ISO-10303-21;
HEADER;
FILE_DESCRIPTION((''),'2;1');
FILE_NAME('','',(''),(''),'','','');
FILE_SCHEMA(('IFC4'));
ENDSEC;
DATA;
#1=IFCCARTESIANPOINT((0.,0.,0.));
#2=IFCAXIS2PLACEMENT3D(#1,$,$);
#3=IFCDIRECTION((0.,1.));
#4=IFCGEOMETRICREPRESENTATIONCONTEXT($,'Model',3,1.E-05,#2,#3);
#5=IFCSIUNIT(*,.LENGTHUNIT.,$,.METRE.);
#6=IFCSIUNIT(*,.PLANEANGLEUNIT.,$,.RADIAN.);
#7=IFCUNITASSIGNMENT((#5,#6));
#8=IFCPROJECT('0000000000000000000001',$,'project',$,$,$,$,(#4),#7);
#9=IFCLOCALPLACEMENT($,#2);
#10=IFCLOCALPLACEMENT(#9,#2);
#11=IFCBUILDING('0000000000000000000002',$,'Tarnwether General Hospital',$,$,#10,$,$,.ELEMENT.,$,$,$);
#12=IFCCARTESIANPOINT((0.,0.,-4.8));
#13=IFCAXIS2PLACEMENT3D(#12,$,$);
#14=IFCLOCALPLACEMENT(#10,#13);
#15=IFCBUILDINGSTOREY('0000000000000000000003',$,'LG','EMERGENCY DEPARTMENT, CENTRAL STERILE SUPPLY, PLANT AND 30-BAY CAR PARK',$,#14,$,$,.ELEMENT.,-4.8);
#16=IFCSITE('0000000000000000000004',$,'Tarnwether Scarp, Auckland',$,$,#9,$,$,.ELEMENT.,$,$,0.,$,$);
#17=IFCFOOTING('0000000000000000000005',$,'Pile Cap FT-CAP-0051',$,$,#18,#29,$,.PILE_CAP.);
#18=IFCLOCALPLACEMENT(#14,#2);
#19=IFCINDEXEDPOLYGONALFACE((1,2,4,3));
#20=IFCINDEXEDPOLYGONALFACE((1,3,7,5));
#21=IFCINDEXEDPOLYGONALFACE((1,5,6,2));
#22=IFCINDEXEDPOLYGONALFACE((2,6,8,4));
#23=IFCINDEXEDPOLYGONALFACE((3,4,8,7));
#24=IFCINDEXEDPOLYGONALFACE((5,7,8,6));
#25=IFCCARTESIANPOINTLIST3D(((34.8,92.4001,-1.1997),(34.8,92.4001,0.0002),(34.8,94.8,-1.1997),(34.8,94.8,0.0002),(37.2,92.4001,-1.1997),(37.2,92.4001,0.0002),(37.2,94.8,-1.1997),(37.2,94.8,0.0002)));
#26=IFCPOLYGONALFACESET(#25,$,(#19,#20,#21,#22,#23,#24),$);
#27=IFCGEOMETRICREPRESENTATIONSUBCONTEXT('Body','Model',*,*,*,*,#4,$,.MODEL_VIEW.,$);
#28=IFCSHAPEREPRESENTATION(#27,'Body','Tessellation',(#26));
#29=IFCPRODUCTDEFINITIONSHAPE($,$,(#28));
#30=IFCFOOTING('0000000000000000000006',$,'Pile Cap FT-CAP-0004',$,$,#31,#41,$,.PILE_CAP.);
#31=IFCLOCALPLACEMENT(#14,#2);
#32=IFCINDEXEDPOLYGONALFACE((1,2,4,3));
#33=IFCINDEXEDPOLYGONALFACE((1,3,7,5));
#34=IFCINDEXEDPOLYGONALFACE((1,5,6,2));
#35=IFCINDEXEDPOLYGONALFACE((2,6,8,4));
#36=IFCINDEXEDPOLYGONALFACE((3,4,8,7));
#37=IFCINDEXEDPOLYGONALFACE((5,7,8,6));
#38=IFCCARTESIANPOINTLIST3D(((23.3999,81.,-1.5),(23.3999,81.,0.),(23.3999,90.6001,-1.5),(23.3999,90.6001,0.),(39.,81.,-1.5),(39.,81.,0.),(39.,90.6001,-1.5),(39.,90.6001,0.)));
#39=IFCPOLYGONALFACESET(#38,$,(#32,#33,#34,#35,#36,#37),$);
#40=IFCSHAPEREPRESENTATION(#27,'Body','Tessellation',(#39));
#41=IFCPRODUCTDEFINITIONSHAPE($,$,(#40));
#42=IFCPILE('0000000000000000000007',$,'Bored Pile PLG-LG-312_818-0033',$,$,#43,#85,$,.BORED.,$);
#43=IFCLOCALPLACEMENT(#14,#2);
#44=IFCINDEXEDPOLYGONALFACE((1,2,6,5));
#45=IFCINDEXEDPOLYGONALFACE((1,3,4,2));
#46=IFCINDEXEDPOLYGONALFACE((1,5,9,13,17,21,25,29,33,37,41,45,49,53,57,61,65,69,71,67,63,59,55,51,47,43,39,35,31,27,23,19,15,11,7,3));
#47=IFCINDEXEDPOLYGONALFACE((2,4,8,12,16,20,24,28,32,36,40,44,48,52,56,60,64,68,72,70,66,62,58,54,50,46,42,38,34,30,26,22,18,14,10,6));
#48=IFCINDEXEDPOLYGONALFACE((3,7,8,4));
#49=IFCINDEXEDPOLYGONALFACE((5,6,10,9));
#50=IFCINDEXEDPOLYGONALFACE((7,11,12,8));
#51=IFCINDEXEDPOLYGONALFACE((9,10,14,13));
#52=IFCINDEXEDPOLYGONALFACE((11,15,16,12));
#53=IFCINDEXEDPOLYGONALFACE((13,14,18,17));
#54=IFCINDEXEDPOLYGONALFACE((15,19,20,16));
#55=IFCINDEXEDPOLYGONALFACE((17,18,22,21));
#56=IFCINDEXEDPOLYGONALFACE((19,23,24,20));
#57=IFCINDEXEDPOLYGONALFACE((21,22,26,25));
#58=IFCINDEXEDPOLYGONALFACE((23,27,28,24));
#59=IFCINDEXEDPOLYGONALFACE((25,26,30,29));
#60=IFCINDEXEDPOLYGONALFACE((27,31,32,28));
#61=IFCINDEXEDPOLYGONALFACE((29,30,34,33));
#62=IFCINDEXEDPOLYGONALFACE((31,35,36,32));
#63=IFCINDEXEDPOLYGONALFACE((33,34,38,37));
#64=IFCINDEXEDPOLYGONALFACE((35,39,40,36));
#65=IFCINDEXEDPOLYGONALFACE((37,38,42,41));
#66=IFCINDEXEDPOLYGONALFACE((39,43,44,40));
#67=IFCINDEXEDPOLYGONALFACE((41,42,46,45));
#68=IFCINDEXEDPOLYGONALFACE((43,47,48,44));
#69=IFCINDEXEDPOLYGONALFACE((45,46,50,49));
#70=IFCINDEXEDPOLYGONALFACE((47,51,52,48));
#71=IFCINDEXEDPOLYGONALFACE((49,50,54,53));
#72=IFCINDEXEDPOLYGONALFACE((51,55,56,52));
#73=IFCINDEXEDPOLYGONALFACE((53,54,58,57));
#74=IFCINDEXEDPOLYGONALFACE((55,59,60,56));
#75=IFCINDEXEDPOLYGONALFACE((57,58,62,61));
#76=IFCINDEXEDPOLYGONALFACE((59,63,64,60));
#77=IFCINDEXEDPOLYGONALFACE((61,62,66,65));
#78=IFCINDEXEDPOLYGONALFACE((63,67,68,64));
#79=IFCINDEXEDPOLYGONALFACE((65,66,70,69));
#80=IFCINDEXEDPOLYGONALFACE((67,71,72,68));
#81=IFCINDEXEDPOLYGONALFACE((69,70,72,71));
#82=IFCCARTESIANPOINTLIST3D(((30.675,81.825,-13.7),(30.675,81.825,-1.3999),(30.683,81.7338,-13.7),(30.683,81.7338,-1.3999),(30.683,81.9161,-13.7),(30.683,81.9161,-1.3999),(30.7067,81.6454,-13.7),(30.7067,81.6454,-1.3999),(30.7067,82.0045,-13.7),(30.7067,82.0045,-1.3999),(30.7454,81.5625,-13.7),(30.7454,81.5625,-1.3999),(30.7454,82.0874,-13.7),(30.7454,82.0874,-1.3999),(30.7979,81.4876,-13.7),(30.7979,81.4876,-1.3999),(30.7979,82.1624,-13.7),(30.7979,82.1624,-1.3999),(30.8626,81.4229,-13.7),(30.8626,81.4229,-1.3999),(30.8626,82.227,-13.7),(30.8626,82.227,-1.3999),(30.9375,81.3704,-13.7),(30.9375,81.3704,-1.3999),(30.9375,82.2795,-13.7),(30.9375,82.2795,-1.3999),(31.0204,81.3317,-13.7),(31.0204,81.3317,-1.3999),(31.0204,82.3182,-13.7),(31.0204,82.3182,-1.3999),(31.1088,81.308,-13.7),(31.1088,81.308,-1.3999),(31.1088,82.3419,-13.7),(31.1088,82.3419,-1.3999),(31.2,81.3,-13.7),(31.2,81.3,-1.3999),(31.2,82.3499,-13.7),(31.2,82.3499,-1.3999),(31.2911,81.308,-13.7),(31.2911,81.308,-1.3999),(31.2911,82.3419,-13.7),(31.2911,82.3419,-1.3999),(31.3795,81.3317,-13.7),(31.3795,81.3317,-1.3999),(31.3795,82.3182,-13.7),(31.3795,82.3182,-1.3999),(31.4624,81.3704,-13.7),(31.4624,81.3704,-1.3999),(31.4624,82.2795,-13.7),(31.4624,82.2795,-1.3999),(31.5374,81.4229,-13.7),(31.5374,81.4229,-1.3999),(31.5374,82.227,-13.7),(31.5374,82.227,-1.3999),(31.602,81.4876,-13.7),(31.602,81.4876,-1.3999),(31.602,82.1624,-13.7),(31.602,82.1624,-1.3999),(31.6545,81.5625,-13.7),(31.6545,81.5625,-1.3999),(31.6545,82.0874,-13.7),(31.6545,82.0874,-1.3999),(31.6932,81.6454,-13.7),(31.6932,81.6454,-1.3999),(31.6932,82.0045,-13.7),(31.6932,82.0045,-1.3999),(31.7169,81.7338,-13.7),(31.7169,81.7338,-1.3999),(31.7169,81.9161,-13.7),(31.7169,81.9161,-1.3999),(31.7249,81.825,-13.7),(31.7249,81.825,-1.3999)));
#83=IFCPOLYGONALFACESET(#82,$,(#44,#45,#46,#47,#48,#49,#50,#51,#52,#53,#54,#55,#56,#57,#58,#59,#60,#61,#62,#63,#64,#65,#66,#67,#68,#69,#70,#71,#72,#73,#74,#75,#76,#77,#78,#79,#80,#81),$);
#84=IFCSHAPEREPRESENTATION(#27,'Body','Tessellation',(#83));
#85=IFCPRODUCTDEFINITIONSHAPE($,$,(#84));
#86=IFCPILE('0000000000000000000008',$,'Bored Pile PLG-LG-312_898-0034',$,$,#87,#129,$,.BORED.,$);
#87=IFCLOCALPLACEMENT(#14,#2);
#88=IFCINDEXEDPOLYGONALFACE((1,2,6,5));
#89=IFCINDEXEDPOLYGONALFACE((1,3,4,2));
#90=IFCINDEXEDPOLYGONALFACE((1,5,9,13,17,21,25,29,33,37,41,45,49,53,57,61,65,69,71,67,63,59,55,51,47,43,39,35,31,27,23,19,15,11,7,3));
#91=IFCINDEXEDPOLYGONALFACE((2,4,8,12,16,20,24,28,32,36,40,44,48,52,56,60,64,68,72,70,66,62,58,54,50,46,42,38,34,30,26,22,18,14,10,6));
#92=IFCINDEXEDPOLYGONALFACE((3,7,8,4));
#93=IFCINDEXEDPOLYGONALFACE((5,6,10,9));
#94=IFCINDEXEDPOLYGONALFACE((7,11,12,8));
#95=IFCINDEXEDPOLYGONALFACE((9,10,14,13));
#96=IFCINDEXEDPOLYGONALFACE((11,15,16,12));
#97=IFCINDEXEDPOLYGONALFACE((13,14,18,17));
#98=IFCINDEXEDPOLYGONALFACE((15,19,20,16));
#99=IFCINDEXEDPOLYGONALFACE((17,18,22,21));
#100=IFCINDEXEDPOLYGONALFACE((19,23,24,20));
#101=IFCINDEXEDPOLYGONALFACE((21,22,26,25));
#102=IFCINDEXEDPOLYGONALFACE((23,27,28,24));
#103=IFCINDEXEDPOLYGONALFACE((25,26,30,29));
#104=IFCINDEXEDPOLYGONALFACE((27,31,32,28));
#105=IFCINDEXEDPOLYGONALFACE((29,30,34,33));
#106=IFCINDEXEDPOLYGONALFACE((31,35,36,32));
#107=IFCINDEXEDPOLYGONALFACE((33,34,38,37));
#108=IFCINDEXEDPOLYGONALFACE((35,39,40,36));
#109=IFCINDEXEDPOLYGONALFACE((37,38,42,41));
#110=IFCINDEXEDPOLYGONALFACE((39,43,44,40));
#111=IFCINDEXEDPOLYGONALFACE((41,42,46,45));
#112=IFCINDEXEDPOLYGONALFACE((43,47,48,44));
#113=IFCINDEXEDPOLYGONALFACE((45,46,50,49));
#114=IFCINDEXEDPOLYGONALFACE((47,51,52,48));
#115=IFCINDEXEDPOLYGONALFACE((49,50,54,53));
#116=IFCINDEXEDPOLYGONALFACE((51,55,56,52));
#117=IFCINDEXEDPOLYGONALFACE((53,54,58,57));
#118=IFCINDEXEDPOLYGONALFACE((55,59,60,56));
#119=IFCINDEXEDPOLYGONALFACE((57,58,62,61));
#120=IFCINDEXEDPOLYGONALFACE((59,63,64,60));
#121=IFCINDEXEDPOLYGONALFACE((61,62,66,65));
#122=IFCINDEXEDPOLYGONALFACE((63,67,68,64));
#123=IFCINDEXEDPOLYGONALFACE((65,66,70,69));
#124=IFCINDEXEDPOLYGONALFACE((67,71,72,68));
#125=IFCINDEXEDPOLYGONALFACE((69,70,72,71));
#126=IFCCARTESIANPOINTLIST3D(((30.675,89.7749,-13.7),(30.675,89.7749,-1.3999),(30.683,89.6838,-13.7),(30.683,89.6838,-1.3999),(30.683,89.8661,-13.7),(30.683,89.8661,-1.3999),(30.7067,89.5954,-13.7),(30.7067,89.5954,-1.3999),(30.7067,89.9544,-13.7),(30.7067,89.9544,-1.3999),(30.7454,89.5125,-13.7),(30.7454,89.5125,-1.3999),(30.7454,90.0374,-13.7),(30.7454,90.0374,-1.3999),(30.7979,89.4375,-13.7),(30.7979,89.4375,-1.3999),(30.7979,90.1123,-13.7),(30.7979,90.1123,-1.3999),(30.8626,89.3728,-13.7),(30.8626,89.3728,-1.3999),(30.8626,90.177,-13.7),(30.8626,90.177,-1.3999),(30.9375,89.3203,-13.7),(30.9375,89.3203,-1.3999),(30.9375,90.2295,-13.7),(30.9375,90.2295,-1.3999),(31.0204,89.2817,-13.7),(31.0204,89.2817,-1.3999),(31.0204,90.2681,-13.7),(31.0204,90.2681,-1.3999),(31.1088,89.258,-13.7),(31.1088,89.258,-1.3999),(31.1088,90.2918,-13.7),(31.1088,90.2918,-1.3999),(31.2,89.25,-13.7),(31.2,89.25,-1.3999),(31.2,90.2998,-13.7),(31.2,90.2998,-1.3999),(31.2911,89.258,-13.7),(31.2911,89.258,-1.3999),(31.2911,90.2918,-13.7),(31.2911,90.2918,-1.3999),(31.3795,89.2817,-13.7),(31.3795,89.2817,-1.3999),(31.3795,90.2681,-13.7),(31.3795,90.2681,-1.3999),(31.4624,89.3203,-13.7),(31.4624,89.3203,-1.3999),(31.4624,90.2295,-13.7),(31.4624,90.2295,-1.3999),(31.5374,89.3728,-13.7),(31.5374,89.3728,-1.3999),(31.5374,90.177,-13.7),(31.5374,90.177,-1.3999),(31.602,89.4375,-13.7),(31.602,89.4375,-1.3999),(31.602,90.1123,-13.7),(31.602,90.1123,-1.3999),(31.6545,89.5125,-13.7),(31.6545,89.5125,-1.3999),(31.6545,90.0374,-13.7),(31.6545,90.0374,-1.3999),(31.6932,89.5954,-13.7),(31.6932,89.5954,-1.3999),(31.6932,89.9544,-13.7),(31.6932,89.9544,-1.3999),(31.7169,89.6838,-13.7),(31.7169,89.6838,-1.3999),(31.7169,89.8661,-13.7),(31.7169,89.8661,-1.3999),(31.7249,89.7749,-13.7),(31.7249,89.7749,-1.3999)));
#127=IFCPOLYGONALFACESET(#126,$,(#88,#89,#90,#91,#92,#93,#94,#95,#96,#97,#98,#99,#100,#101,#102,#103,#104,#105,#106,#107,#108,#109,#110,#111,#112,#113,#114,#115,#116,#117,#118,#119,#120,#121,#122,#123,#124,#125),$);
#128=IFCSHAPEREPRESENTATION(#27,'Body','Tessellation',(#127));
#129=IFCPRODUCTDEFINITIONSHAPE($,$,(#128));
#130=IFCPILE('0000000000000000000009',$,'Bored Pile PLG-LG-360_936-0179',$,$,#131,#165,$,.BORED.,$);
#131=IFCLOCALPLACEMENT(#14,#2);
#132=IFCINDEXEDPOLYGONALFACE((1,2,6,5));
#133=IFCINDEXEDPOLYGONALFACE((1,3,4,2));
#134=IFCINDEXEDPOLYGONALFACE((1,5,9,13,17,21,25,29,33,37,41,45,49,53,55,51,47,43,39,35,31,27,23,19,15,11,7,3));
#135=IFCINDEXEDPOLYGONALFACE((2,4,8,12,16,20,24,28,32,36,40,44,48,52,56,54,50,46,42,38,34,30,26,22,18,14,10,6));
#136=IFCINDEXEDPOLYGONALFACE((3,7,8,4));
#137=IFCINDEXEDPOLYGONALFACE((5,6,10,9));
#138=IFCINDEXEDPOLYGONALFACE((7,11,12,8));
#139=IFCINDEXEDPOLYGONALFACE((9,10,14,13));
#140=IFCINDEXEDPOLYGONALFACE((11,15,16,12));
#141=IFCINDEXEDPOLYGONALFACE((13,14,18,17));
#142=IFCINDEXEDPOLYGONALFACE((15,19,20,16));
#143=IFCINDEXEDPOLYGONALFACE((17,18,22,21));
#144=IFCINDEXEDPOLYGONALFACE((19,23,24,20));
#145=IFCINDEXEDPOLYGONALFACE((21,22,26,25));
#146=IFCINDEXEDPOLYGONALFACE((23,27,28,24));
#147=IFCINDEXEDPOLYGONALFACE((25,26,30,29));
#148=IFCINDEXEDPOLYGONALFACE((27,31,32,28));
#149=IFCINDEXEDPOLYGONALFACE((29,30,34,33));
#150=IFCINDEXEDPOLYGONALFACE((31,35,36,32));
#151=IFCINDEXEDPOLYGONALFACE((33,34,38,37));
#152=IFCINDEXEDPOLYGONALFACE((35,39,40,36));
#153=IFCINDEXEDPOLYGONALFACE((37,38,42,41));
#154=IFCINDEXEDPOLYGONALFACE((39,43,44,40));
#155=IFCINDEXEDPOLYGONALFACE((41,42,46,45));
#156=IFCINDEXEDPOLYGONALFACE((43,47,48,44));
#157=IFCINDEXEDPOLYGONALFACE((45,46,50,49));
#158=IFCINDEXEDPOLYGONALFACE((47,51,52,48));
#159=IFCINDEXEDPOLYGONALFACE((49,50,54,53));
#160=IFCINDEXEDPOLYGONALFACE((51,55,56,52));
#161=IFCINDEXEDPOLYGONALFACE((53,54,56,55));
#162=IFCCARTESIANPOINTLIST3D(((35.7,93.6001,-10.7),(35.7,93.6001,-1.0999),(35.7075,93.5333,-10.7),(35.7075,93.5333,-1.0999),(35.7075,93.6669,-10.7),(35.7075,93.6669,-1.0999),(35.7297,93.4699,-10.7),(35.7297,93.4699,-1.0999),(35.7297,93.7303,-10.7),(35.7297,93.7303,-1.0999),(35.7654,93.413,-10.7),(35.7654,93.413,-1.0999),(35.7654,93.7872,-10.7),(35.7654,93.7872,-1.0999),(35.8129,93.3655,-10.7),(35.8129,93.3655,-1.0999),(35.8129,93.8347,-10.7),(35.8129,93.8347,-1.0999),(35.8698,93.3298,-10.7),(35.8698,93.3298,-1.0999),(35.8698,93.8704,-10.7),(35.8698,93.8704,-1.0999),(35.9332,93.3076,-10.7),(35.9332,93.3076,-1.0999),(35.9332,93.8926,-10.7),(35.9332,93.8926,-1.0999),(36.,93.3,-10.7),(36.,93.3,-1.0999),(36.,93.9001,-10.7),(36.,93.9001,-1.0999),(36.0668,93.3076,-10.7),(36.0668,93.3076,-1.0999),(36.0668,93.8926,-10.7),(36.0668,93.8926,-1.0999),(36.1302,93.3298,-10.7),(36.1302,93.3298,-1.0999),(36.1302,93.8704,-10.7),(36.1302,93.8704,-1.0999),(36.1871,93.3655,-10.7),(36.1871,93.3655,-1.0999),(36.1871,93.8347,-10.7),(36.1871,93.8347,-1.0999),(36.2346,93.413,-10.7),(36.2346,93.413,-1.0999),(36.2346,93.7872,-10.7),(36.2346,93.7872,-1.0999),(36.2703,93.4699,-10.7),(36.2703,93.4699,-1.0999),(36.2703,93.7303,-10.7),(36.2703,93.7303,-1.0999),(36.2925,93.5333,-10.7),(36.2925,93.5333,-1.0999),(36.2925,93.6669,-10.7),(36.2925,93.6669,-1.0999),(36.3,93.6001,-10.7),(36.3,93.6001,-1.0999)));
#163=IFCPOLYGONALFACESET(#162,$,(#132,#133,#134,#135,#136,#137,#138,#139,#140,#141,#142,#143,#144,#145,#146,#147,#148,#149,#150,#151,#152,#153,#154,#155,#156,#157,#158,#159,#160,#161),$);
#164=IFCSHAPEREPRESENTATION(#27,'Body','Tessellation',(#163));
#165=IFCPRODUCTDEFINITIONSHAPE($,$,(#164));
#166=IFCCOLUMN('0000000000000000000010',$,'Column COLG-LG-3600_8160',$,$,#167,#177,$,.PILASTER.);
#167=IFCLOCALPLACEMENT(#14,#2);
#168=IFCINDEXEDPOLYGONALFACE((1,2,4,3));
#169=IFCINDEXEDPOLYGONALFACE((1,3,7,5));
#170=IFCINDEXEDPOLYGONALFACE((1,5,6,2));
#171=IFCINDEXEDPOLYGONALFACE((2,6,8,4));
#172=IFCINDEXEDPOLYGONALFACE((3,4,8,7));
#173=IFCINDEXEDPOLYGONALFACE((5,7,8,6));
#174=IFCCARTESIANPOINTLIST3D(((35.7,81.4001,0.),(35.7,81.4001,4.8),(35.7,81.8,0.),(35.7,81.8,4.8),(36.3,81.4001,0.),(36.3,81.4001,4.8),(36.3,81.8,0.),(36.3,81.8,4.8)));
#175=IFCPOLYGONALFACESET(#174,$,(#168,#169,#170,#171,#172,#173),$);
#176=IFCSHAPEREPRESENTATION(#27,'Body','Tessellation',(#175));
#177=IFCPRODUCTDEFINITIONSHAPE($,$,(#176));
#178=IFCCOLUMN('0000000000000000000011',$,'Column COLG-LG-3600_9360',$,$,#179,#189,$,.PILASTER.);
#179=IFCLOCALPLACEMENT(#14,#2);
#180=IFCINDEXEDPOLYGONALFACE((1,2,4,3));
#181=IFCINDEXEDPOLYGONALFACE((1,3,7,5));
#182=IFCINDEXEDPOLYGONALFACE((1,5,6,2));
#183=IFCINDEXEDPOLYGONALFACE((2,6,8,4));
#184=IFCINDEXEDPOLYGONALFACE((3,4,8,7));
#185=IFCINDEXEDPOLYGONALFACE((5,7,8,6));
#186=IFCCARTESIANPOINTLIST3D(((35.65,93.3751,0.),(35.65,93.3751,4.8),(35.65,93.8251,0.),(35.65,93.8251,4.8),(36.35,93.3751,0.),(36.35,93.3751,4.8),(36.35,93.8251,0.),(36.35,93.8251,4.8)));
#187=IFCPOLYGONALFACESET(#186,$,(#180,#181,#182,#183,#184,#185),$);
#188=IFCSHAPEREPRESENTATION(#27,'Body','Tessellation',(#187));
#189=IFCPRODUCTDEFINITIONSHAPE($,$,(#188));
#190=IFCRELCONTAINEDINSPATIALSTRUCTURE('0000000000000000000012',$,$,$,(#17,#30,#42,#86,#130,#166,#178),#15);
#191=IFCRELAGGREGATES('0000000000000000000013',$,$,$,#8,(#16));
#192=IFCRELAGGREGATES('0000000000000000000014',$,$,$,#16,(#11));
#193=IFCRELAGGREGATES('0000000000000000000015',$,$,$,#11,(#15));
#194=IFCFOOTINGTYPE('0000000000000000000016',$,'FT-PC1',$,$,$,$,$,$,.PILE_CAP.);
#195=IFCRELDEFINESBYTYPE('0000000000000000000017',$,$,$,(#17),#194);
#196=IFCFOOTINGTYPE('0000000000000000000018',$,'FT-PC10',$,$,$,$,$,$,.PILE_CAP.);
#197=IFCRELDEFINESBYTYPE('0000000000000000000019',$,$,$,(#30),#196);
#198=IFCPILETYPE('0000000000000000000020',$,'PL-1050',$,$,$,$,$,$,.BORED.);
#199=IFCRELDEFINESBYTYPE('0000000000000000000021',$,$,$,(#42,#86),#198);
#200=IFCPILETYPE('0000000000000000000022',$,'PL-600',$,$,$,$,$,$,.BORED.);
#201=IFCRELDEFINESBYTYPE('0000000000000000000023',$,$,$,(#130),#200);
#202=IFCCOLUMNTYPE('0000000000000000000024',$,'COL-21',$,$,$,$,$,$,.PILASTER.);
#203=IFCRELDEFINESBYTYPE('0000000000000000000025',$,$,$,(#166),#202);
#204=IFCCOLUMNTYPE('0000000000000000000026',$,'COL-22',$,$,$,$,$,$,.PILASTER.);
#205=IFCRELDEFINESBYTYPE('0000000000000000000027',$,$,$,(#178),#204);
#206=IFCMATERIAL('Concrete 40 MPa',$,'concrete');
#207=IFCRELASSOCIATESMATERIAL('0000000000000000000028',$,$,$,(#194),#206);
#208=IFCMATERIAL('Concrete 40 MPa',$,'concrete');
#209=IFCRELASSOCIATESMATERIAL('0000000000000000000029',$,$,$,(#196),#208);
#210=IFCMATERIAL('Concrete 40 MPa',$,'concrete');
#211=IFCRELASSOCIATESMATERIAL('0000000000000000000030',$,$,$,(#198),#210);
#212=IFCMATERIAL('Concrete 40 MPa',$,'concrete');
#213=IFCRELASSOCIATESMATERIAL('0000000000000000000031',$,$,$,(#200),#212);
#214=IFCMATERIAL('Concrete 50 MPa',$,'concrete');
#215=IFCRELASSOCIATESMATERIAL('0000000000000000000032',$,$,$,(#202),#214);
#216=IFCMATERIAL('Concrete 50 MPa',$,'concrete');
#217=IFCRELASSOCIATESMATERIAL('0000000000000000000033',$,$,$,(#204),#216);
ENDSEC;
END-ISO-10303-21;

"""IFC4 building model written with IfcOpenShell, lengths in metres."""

from ifc_helpers import new_model, si_unit, direction, frame, origin, origin_2d, place, context, subcontext, project, spatial, rectangle, circle, extrude, material, material_profile, profile_set, type_object, element, save


model = new_model("IFC4")

# Units and contexts
model_context = context("Model", 3, precision=1e-05, world=origin(), true_north=direction((0.0, 1.0)))
body_context = subcontext(model_context, "Body", "Model", "MODEL_VIEW")
ifc_project = project(units=[si_unit("LENGTHUNIT", "METRE"), si_unit("PLANEANGLEUNIT", "RADIAN")], contexts=[model_context])

# Site, building, storey
site_placement = place(None, origin())
site = spatial("IfcSite", under=ifc_project, at=site_placement, Name="Tarnwether Scarp, Auckland", CompositionType="ELEMENT", RefElevation=0.0)
building_placement = place(site_placement, origin())
building = spatial("IfcBuilding", under=site, at=building_placement, Name="Tarnwether General Hospital", CompositionType="ELEMENT")
storey_placement = place(building_placement, frame((0.0, 0.0, -4.8)))
storey = spatial("IfcBuildingStorey", under=building, at=storey_placement, Name="LG", Description="EMERGENCY DEPARTMENT, CENTRAL STERILE SUPPLY, PLANT AND 30-BAY CAR PARK", CompositionType="ELEMENT", Elevation=-4.8)

# Footings
ifc_material_1 = material(Name="Concrete 40 MPa", Category="concrete")
footing_type_1 = type_object("IfcFootingType", Name="FT-PC1", PredefinedType="PILE_CAP", material=ifc_material_1)
footing_1_placement = place(storey_placement, frame((36.0, 93.6001, -1.1997), z_axis=(0.0, 0.0, 1.0), x_axis=(1.0, 0.0, 0.0)))
element("IfcFooting", 1, at=footing_1_placement, inside=storey, type_object=footing_type_1, Name="Pile Cap FT-CAP-0051", PredefinedType="PILE_CAP", context=body_context, shape_type="SweptSolid", body=[
    extrude(rectangle(XDim=2.3999, YDim=2.3999, at=origin_2d()), origin(), (0.0, 0.0, 1.0), 1.2),
])
ifc_material_2 = material(Name="Concrete 40 MPa", Category="concrete")
footing_type_2 = type_object("IfcFootingType", Name="FT-PC10", PredefinedType="PILE_CAP", material=ifc_material_2)
footing_2_placement = place(storey_placement, frame((31.2, 85.8, -1.5), z_axis=(0.0, 0.0, 1.0), x_axis=(1.0, 0.0, 0.0)))
element("IfcFooting", 2, at=footing_2_placement, inside=storey, type_object=footing_type_2, Name="Pile Cap FT-CAP-0004", PredefinedType="PILE_CAP", context=body_context, shape_type="SweptSolid", body=[
    extrude(rectangle(XDim=15.6001, YDim=9.6001, at=origin_2d()), origin(), (0.0, 0.0, 1.0), 1.5),
])

# Piles
ifc_material_3 = material(Name="Concrete 40 MPa", Category="concrete")
ifc_material_profile_1 = material_profile(ifc_material_3, circle(Radius=0.5249, at=origin_2d()), Name="PILE-D1050")
ifc_profile_set_1 = profile_set([ifc_material_profile_1], Name="Concrete 40 MPa")
pile_type_1 = type_object("IfcPileType", Name="PL-1050", PredefinedType="BORED", material=ifc_profile_set_1)
for number, where, z_axis, x_axis, name in (
    (3, (31.2, 81.825, -1.3999), (0.0, 0.0, -1.0), (1.0, 0.0, 0.0), "Bored Pile PLG-LG-312_818-0033"),
    (4, (31.2, 89.7749, -1.3999), (0.0, 0.0, -1.0), (1.0, 0.0, 0.0), "Bored Pile PLG-LG-312_898-0034"),
):
    element("IfcPile", number, at=place(storey_placement, frame(where, z_axis=z_axis, x_axis=x_axis)), inside=storey, type_object=pile_type_1, Name=name, PredefinedType="BORED", context=body_context, shape_type="SweptSolid", body=[
        extrude(circle(Radius=0.5249, at=origin_2d()), origin(), (0.0, 0.0, 1.0), 12.3),
    ])
ifc_material_4 = material(Name="Concrete 40 MPa", Category="concrete")
ifc_material_profile_2 = material_profile(ifc_material_4, circle(Radius=0.3, at=origin_2d()), Name="PILE-D600")
ifc_profile_set_2 = profile_set([ifc_material_profile_2], Name="Concrete 40 MPa")
pile_type_2 = type_object("IfcPileType", Name="PL-600", PredefinedType="BORED", material=ifc_profile_set_2)
pile_placement = place(storey_placement, frame((36.0, 93.6001, -1.0999), z_axis=(0.0, 0.0, -1.0), x_axis=(1.0, 0.0, 0.0)))
element("IfcPile", 5, at=pile_placement, inside=storey, type_object=pile_type_2, Name="Bored Pile PLG-LG-360_936-0179", PredefinedType="BORED", context=body_context, shape_type="SweptSolid", body=[
    extrude(circle(Radius=0.3, at=origin_2d()), origin(), (0.0, 0.0, 1.0), 9.6001),
])

# Columns
ifc_material_5 = material(Name="Concrete 50 MPa", Category="concrete")
ifc_material_profile_3 = material_profile(ifc_material_5, rectangle(XDim=0.3999, YDim=0.6001, at=origin_2d()), Name="RC-PIL-400x600")
ifc_profile_set_3 = profile_set([ifc_material_profile_3], Name="Concrete 50 MPa")
column_type_1 = type_object("IfcColumnType", Name="COL-21", PredefinedType="PILASTER", material=ifc_profile_set_3)
column_1_placement = place(storey_placement, frame((36.0, 81.6001, 0.0), z_axis=(0.0, 0.0, 1.0), x_axis=(0.0, 1.0, 0.0)))
element("IfcColumn", 6, at=column_1_placement, inside=storey, type_object=column_type_1, Name="Column COLG-LG-3600_8160", PredefinedType="PILASTER", context=body_context, shape_type="SweptSolid", body=[
    extrude(rectangle(XDim=0.3999, YDim=0.6001, at=origin_2d()), origin(), (0.0, 0.0, 1.0), 4.8),
])
ifc_material_6 = material(Name="Concrete 50 MPa", Category="concrete")
ifc_material_profile_4 = material_profile(ifc_material_6, rectangle(XDim=0.45, YDim=0.7, at=origin_2d()), Name="RC-PIL-450x700")
ifc_profile_set_4 = profile_set([ifc_material_profile_4], Name="Concrete 50 MPa")
column_type_2 = type_object("IfcColumnType", Name="COL-22", PredefinedType="PILASTER", material=ifc_profile_set_4)
column_2_placement = place(storey_placement, frame((36.0, 93.6001, 0.0), z_axis=(0.0, 0.0, 1.0), x_axis=(0.0, 1.0, 0.0)))
element("IfcColumn", 7, at=column_2_placement, inside=storey, type_object=column_type_2, Name="Column COLG-LG-3600_9360", PredefinedType="PILASTER", context=body_context, shape_type="SweptSolid", body=[
    extrude(rectangle(XDim=0.45, YDim=0.7, at=origin_2d()), origin(), (0.0, 0.0, 1.0), 4.8),
])

save(model, "model.ifc")
